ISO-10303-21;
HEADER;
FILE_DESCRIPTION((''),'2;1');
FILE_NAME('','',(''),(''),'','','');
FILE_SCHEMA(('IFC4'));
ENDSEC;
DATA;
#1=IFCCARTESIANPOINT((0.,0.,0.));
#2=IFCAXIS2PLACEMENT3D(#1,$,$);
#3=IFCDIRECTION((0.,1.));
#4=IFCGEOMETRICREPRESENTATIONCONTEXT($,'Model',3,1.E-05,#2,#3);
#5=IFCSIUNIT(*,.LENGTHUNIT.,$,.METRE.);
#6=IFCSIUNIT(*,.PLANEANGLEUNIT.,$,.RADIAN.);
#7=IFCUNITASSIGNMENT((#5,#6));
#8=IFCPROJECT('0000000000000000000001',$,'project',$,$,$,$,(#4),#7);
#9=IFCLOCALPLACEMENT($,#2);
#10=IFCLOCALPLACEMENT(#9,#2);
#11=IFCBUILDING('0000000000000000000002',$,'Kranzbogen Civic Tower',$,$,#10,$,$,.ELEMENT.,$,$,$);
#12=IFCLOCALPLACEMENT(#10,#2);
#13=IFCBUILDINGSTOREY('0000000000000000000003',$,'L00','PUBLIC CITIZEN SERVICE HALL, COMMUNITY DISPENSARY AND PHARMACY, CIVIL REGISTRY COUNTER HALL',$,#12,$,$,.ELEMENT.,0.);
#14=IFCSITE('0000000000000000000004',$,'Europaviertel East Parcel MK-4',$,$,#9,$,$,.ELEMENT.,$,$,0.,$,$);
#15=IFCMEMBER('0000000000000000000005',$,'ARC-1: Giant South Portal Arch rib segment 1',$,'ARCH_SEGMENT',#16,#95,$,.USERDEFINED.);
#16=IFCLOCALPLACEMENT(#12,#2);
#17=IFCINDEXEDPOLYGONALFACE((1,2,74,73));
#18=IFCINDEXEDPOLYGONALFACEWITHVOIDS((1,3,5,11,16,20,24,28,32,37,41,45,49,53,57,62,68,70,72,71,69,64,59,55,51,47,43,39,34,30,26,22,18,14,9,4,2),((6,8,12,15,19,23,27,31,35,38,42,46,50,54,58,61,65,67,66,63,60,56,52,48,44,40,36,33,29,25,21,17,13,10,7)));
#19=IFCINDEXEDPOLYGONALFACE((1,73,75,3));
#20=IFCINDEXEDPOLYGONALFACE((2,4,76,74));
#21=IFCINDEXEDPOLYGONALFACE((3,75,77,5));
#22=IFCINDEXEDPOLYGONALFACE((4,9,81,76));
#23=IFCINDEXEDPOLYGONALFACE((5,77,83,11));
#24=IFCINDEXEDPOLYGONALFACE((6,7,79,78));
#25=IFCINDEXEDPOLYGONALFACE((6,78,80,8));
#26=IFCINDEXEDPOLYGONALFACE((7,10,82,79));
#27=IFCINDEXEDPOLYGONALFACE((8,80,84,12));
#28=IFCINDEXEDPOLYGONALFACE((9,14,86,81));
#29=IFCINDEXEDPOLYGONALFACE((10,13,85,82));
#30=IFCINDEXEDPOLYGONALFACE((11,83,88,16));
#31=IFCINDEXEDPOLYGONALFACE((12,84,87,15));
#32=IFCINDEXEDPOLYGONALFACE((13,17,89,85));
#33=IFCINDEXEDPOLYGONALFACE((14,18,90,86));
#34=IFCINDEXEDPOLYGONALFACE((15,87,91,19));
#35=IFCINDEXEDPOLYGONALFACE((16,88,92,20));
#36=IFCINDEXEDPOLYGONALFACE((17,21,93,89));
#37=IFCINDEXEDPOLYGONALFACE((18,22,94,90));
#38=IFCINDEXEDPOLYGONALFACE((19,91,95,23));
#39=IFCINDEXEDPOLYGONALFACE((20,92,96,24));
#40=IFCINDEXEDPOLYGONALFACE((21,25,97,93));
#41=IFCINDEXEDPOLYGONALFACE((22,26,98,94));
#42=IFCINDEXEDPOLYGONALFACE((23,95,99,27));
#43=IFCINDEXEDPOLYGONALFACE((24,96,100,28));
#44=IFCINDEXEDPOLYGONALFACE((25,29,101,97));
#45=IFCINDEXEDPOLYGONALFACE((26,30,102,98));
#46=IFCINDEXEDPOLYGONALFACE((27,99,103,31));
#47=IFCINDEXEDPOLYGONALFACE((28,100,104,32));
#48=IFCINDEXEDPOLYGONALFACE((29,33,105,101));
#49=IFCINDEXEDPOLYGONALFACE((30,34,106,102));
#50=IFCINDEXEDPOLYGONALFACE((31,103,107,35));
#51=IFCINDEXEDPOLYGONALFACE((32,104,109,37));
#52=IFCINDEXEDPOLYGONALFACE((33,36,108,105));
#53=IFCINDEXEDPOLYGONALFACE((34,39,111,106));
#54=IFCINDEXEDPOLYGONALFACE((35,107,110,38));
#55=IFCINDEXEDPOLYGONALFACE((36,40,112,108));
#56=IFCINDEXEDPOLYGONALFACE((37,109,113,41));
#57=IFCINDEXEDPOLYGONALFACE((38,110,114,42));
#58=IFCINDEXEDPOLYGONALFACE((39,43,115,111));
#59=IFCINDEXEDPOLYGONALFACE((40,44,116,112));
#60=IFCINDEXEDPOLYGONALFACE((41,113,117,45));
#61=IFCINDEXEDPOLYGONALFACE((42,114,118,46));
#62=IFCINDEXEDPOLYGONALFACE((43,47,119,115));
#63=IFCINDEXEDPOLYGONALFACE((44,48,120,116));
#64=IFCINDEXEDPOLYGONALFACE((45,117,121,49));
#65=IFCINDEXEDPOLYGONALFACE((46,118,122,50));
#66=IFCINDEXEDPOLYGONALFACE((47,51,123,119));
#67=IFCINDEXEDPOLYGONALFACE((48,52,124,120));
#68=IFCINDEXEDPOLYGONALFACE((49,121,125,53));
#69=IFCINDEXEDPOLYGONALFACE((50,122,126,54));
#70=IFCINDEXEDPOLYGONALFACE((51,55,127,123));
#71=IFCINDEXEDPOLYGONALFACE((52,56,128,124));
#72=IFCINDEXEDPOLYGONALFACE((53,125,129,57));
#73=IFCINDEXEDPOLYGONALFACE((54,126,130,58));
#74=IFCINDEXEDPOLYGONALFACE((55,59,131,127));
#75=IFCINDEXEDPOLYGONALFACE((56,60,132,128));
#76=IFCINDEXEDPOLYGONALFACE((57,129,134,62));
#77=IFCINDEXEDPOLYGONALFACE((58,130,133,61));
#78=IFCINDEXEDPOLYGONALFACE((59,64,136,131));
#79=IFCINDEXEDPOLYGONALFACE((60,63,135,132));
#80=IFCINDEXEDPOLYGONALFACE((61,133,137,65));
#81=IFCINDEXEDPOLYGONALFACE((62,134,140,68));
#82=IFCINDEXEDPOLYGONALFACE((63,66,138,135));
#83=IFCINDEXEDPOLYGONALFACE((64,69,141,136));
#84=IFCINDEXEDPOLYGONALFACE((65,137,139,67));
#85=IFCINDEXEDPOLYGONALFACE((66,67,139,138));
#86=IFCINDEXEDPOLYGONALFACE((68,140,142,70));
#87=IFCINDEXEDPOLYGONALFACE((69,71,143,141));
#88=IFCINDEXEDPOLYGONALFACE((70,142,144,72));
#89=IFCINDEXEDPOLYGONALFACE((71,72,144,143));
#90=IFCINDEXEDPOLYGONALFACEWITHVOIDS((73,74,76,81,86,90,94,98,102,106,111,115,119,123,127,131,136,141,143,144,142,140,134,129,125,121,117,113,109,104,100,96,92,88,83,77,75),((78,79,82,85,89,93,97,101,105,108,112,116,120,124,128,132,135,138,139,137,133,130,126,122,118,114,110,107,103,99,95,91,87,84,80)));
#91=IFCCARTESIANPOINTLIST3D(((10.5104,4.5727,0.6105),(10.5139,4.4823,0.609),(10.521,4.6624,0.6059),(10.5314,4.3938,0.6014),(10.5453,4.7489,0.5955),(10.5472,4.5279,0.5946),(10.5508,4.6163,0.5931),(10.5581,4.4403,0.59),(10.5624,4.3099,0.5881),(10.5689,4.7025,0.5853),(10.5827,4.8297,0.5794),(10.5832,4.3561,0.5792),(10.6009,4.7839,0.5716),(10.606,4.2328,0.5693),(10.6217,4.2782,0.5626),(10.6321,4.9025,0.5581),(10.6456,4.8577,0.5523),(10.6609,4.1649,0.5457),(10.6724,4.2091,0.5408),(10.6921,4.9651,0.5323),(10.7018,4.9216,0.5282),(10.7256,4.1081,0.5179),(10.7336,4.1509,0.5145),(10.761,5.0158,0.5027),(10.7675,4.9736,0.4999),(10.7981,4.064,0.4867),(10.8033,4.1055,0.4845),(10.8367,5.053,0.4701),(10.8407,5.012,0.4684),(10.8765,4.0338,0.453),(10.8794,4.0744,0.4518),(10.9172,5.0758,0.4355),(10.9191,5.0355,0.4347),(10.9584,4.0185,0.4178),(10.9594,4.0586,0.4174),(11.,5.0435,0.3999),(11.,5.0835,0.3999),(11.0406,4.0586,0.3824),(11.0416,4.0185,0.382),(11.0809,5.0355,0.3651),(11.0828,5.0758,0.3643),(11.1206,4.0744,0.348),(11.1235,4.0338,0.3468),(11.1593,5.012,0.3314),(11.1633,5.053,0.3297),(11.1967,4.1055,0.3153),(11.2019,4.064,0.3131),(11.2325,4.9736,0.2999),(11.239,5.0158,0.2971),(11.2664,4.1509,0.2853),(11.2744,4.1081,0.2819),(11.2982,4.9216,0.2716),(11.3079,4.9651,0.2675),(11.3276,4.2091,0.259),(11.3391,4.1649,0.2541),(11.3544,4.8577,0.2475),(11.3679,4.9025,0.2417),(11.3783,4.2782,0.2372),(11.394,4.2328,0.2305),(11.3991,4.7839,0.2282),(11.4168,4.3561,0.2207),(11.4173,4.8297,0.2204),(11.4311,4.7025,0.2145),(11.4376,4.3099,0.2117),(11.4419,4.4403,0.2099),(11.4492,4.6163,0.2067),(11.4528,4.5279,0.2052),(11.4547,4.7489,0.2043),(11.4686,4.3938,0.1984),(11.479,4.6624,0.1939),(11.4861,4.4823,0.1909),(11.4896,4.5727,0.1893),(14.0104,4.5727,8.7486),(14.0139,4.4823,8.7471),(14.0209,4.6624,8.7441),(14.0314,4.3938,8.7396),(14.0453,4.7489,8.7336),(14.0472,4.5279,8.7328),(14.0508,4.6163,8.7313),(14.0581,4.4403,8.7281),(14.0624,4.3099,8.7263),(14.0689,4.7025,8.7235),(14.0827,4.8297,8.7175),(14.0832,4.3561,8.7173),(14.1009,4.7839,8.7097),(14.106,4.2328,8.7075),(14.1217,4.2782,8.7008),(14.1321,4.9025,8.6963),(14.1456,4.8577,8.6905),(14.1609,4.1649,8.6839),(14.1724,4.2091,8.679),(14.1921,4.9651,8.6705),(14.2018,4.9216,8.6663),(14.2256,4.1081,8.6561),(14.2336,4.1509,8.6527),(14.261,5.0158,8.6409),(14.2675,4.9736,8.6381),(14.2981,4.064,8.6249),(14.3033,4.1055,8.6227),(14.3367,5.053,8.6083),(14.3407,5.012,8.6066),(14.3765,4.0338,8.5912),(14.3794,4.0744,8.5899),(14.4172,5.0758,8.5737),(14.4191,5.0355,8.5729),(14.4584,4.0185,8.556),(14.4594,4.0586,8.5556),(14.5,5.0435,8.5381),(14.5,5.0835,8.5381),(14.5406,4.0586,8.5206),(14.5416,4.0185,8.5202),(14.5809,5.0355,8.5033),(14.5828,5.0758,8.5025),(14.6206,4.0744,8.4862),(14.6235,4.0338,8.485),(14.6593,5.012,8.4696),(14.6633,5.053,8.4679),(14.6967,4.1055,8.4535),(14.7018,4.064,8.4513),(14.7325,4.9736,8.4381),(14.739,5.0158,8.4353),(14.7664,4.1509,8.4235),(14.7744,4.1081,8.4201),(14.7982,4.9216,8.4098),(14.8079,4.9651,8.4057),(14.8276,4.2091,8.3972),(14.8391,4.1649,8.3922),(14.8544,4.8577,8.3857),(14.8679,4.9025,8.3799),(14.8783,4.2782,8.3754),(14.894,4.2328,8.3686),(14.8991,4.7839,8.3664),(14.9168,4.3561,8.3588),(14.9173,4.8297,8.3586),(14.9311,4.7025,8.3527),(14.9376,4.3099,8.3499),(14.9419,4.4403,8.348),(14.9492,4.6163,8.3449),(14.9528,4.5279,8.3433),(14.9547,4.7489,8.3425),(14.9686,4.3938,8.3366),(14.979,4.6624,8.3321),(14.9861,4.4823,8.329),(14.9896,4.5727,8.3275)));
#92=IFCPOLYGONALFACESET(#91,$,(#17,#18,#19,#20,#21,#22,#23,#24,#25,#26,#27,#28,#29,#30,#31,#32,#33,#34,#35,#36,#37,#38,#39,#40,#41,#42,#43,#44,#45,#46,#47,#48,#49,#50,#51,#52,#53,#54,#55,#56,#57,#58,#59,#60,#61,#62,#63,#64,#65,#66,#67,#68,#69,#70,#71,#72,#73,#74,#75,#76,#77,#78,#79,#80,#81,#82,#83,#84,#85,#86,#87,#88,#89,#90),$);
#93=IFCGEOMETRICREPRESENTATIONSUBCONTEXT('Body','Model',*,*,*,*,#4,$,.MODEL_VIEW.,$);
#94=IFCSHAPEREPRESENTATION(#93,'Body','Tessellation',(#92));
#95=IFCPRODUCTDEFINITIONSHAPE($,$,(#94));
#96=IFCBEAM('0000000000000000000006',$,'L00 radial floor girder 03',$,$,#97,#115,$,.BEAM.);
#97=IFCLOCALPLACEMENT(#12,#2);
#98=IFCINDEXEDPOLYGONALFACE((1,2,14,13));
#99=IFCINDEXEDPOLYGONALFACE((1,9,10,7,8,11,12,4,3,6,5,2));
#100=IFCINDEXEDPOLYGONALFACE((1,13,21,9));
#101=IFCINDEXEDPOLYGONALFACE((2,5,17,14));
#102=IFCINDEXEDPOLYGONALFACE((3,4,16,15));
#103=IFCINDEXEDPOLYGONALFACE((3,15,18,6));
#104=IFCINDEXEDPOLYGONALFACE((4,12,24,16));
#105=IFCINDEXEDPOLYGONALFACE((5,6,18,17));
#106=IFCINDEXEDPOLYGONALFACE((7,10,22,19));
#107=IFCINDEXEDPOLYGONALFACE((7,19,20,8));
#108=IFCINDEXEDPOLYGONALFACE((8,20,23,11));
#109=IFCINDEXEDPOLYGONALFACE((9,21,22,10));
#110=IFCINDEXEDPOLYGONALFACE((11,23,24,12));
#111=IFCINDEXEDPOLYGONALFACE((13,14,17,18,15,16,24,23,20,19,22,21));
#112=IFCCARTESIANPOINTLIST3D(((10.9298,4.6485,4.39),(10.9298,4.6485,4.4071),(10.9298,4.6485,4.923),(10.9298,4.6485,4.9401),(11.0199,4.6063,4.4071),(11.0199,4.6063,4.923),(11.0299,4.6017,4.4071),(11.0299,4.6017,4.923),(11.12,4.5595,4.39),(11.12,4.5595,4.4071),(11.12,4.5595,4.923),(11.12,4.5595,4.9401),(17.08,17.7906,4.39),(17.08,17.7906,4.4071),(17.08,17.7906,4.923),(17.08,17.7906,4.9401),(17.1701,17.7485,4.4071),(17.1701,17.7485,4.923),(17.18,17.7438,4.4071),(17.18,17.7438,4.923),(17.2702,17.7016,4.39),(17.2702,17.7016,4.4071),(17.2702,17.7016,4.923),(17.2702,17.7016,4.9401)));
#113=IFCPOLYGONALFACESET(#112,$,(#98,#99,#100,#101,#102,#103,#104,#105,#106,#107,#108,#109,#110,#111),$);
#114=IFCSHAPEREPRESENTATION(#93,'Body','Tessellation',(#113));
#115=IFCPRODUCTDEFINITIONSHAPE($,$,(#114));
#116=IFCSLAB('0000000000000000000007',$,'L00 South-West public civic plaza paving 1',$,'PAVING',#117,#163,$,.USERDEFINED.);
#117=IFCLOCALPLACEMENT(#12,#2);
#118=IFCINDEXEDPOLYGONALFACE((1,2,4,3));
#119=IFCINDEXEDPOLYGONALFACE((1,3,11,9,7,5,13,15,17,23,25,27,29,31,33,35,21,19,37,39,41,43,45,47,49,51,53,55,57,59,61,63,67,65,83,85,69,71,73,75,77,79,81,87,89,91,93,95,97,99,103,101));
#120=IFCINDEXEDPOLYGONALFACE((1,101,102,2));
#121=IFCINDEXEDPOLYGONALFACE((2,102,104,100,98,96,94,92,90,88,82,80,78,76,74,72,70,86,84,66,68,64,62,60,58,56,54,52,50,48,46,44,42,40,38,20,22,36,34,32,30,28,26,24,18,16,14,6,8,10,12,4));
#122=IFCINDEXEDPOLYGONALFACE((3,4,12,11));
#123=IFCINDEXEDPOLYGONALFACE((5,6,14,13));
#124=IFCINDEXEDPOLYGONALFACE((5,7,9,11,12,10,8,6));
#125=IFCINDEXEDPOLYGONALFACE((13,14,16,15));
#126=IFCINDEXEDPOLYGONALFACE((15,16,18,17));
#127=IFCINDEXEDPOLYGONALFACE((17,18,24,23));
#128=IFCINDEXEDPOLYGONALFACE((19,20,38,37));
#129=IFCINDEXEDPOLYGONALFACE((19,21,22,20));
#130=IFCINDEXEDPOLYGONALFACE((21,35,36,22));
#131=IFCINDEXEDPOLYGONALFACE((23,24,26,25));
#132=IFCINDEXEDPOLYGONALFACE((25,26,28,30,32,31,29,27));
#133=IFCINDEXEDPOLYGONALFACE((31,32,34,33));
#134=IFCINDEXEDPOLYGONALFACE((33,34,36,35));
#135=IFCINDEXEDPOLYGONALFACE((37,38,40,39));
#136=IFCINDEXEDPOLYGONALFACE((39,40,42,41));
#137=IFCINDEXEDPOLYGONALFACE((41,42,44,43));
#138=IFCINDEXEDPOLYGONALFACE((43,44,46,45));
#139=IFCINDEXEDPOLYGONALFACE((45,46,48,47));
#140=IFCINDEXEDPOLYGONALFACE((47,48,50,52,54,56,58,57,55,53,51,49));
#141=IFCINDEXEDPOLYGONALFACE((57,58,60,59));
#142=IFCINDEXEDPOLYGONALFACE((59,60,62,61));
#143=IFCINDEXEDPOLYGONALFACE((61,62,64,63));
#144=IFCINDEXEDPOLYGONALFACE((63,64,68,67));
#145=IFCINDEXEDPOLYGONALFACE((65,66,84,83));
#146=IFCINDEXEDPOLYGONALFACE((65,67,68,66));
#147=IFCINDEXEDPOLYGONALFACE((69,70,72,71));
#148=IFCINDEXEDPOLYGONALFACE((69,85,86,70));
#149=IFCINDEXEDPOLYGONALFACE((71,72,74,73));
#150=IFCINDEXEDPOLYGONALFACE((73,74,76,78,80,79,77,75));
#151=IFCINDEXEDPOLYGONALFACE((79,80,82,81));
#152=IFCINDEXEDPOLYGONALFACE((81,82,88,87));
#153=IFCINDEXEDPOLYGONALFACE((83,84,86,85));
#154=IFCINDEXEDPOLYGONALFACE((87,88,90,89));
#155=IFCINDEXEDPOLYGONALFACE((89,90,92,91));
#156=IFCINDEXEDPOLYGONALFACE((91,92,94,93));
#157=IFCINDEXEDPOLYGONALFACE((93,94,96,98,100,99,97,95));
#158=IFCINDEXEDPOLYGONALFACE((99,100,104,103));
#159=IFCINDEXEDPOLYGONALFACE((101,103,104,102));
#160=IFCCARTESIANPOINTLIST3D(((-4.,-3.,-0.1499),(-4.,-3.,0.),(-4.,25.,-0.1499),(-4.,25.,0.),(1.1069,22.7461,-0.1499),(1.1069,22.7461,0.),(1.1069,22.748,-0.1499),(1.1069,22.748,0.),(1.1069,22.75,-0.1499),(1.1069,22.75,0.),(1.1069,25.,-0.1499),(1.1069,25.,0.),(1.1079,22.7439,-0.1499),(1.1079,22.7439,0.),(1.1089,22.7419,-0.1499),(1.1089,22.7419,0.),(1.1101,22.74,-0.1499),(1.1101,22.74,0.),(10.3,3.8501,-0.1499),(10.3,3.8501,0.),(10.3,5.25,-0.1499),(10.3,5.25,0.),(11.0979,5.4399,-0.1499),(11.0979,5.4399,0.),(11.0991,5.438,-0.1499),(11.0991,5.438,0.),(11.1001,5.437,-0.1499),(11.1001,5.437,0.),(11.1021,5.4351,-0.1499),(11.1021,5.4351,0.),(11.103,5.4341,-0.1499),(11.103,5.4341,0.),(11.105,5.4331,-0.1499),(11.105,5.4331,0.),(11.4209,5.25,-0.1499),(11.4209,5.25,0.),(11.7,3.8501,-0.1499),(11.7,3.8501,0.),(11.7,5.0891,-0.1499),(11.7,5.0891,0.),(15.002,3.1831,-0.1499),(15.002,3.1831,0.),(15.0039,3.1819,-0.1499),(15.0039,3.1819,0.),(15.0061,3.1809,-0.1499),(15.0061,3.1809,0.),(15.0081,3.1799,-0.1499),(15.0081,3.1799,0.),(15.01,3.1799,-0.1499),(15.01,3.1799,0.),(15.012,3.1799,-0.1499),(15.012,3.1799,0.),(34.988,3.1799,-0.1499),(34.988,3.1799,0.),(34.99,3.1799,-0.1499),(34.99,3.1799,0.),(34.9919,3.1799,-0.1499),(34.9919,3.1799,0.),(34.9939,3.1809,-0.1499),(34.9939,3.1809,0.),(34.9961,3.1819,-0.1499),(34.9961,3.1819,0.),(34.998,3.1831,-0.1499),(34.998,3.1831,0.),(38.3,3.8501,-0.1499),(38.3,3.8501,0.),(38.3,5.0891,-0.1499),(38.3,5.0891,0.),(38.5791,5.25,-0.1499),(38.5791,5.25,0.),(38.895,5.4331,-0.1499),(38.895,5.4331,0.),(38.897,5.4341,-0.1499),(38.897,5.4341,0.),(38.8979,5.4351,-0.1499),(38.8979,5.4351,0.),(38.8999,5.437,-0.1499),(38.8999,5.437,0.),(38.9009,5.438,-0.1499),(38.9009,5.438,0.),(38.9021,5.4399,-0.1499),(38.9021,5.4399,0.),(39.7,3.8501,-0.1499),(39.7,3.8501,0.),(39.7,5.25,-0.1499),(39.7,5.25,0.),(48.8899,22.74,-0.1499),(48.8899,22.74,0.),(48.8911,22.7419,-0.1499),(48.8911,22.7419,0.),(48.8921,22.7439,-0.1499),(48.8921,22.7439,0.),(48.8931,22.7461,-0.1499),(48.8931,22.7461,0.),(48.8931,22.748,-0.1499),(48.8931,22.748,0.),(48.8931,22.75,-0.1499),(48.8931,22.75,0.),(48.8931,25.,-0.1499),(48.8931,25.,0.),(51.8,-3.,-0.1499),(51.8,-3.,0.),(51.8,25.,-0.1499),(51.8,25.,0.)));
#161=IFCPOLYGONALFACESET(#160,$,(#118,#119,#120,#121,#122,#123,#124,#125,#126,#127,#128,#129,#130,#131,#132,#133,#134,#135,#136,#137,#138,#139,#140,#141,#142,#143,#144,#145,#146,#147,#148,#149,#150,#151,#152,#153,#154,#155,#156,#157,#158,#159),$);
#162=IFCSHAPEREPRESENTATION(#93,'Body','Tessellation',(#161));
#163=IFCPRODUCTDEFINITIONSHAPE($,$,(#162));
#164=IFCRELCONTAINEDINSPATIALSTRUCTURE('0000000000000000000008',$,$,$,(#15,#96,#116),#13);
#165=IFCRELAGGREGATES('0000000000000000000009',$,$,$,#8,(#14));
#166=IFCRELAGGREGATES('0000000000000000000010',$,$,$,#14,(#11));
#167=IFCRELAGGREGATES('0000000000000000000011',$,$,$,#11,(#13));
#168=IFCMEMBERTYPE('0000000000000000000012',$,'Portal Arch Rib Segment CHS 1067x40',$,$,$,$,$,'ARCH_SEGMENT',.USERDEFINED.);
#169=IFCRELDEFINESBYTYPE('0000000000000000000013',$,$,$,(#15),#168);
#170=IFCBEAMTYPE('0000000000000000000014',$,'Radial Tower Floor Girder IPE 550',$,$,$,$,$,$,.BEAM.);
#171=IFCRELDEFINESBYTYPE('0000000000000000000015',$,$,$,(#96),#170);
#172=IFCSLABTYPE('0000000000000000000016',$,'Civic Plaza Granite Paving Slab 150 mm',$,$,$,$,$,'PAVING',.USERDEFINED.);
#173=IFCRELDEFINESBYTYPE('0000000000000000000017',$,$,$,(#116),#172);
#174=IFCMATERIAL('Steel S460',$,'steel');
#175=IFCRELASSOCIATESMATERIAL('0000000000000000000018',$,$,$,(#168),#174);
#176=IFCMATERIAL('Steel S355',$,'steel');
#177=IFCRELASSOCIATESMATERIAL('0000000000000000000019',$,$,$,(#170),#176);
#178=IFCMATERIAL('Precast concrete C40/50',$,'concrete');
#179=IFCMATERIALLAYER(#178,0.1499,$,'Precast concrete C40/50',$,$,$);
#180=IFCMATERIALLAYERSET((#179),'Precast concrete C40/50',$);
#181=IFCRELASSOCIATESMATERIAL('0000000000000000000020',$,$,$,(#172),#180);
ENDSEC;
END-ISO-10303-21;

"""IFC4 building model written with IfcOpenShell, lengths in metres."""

from ifc_helpers import new_model, si_unit, direction, frame, origin, origin_2d, place, context, subcontext, project, spatial, polyline, hollow_circle, i_section, outline, extrude, material, layer, layer_set, material_profile, profile_set, type_object, element, save


model = new_model("IFC4")

# Units and contexts
model_context = context("Model", 3, precision=1e-05, world=origin(), true_north=direction((0.0, 1.0)))
body_context = subcontext(model_context, "Body", "Model", "MODEL_VIEW")
ifc_project = project(units=[si_unit("LENGTHUNIT", "METRE"), si_unit("PLANEANGLEUNIT", "RADIAN")], contexts=[model_context])

# Site, building, storey
site_placement = place(None, origin())
site = spatial("IfcSite", under=ifc_project, at=site_placement, Name="Europaviertel East Parcel MK-4", CompositionType="ELEMENT", RefElevation=0.0)
building_placement = place(site_placement, origin())
building = spatial("IfcBuilding", under=site, at=building_placement, Name="Kranzbogen Civic Tower", CompositionType="ELEMENT")
storey_placement = place(building_placement, origin())
storey = spatial("IfcBuildingStorey", under=building, at=storey_placement, Name="L00", Description="PUBLIC CITIZEN SERVICE HALL, COMMUNITY DISPENSARY AND PHARMACY, CIVIL REGISTRY COUNTER HALL", CompositionType="ELEMENT", Elevation=0.0)

# Shared definitions
ifc_material_1 = material(Name="Steel S460", Category="steel")

# Shared definitions
ifc_material_2 = material(Name="Steel S355", Category="steel")

# Member
ifc_material_profile_1 = material_profile(ifc_material_1, hollow_circle(Radius=0.5334, WallThickness=0.04, at=origin_2d()), Name="CHS 1067x40")
ifc_profile_set_1 = profile_set([ifc_material_profile_1], Name="Steel S460")
member_type_1 = type_object("IfcMemberType", Name="Portal Arch Rib Segment CHS 1067x40", ElementType="ARCH_SEGMENT", PredefinedType="USERDEFINED", material=ifc_profile_set_1)
member_1_placement = place(storey_placement, frame((11.0, 4.55, 0.3999), z_axis=(0.395083, 0.0, 0.918645), x_axis=(0.0, 1.0, 0.0)))
element("IfcMember", 1, at=member_1_placement, inside=storey, type_object=member_type_1, Name="ARC-1: Giant South Portal Arch rib segment 1", ObjectType="ARCH_SEGMENT", PredefinedType="USERDEFINED", context=body_context, shape_type="SweptSolid", body=[
    extrude(hollow_circle(Radius=0.5334, WallThickness=0.04, at=origin_2d()), origin(), (0.0, 0.0, 1.0), 8.8589),
])

# Beam
ifc_material_profile_2 = material_profile(ifc_material_2, i_section(OverallWidth=0.21, OverallDepth=0.55, WebThickness=0.011, FlangeThickness=0.0171, at=origin_2d()), Name="IPE 550")
ifc_profile_set_2 = profile_set([ifc_material_profile_2], Name="Steel S355")
beam_type_1 = type_object("IfcBeamType", Name="Radial Tower Floor Girder IPE 550", PredefinedType="BEAM", material=ifc_profile_set_2)
beam_1_placement = place(storey_placement, frame((11.0249, 4.604, 4.665), z_axis=(0.423857, 0.905729, 0.0), x_axis=(-0.905729, 0.423857, 0.0)))
element("IfcBeam", 2, at=beam_1_placement, inside=storey, type_object=beam_type_1, Name="L00 radial floor girder 03", PredefinedType="BEAM", context=body_context, shape_type="SweptSolid", body=[
    extrude(i_section(OverallWidth=0.21, OverallDepth=0.55, WebThickness=0.011, FlangeThickness=0.0171, at=origin_2d()), origin(), (0.0, 0.0, 1.0), 14.51),
])

# Slab
ifc_material_3 = material(Name="Precast concrete C40/50", Category="concrete")
ifc_layer_1 = layer(ifc_material_3, 0.1499, Name="Precast concrete C40/50")
ifc_layer_set_1 = layer_set([ifc_layer_1], Name="Precast concrete C40/50")
slab_type_1 = type_object("IfcSlabType", Name="Civic Plaza Granite Paving Slab 150 mm", ElementType="PAVING", PredefinedType="USERDEFINED", material=ifc_layer_set_1)
slab_1_placement = place(storey_placement, frame((0.0, 0.0, -0.1499)))
element("IfcSlab", 3, at=slab_1_placement, inside=storey, type_object=slab_type_1, Name="L00 South-West public civic plaza paving 1", ObjectType="PAVING", PredefinedType="USERDEFINED", context=body_context, shape_type="SweptSolid", body=[
    extrude(outline(polyline([(48.8931, 25.0), (48.8931, 22.75), (48.8931, 22.748), (48.8931, 22.7461), (48.8921, 22.7439), (48.8911, 22.7419), (48.8899, 22.74), (38.9021, 5.4399), (38.9009, 5.438), (38.8999, 5.437), (38.8979, 5.4351), (38.897, 5.4341), (38.895, 5.4331), (38.5791, 5.25), (39.7, 5.25), (39.7, 3.8501), (38.3, 3.8501), (38.3, 5.0891), (34.998, 3.1831), (34.9961, 3.1819), (34.9939, 3.1809), (34.9919, 3.1799), (34.99, 3.1799), (34.988, 3.1799), (15.012, 3.1799), (15.01, 3.1799), (15.0081, 3.1799), (15.0061, 3.1809), (15.0039, 3.1819), (15.002, 3.1831), (11.7, 5.0891), (11.7, 3.8501), (10.3, 3.8501), (10.3, 5.25), (11.4209, 5.25), (11.105, 5.4331), (11.103, 5.4341), (11.1021, 5.4351), (11.1001, 5.437), (11.0991, 5.438), (11.0979, 5.4399), (1.1101, 22.74), (1.1089, 22.7419), (1.1079, 22.7439), (1.1069, 22.7461), (1.1069, 22.748), (1.1069, 22.75), (1.1069, 25.0), (-4.0, 25.0), (-4.0, -3.0), (51.8, -3.0), (51.8, 25.0), (48.8931, 25.0)])), origin(), (0.0, 0.0, 1.0), 0.1499),
])

save(model, "model.ifc")
